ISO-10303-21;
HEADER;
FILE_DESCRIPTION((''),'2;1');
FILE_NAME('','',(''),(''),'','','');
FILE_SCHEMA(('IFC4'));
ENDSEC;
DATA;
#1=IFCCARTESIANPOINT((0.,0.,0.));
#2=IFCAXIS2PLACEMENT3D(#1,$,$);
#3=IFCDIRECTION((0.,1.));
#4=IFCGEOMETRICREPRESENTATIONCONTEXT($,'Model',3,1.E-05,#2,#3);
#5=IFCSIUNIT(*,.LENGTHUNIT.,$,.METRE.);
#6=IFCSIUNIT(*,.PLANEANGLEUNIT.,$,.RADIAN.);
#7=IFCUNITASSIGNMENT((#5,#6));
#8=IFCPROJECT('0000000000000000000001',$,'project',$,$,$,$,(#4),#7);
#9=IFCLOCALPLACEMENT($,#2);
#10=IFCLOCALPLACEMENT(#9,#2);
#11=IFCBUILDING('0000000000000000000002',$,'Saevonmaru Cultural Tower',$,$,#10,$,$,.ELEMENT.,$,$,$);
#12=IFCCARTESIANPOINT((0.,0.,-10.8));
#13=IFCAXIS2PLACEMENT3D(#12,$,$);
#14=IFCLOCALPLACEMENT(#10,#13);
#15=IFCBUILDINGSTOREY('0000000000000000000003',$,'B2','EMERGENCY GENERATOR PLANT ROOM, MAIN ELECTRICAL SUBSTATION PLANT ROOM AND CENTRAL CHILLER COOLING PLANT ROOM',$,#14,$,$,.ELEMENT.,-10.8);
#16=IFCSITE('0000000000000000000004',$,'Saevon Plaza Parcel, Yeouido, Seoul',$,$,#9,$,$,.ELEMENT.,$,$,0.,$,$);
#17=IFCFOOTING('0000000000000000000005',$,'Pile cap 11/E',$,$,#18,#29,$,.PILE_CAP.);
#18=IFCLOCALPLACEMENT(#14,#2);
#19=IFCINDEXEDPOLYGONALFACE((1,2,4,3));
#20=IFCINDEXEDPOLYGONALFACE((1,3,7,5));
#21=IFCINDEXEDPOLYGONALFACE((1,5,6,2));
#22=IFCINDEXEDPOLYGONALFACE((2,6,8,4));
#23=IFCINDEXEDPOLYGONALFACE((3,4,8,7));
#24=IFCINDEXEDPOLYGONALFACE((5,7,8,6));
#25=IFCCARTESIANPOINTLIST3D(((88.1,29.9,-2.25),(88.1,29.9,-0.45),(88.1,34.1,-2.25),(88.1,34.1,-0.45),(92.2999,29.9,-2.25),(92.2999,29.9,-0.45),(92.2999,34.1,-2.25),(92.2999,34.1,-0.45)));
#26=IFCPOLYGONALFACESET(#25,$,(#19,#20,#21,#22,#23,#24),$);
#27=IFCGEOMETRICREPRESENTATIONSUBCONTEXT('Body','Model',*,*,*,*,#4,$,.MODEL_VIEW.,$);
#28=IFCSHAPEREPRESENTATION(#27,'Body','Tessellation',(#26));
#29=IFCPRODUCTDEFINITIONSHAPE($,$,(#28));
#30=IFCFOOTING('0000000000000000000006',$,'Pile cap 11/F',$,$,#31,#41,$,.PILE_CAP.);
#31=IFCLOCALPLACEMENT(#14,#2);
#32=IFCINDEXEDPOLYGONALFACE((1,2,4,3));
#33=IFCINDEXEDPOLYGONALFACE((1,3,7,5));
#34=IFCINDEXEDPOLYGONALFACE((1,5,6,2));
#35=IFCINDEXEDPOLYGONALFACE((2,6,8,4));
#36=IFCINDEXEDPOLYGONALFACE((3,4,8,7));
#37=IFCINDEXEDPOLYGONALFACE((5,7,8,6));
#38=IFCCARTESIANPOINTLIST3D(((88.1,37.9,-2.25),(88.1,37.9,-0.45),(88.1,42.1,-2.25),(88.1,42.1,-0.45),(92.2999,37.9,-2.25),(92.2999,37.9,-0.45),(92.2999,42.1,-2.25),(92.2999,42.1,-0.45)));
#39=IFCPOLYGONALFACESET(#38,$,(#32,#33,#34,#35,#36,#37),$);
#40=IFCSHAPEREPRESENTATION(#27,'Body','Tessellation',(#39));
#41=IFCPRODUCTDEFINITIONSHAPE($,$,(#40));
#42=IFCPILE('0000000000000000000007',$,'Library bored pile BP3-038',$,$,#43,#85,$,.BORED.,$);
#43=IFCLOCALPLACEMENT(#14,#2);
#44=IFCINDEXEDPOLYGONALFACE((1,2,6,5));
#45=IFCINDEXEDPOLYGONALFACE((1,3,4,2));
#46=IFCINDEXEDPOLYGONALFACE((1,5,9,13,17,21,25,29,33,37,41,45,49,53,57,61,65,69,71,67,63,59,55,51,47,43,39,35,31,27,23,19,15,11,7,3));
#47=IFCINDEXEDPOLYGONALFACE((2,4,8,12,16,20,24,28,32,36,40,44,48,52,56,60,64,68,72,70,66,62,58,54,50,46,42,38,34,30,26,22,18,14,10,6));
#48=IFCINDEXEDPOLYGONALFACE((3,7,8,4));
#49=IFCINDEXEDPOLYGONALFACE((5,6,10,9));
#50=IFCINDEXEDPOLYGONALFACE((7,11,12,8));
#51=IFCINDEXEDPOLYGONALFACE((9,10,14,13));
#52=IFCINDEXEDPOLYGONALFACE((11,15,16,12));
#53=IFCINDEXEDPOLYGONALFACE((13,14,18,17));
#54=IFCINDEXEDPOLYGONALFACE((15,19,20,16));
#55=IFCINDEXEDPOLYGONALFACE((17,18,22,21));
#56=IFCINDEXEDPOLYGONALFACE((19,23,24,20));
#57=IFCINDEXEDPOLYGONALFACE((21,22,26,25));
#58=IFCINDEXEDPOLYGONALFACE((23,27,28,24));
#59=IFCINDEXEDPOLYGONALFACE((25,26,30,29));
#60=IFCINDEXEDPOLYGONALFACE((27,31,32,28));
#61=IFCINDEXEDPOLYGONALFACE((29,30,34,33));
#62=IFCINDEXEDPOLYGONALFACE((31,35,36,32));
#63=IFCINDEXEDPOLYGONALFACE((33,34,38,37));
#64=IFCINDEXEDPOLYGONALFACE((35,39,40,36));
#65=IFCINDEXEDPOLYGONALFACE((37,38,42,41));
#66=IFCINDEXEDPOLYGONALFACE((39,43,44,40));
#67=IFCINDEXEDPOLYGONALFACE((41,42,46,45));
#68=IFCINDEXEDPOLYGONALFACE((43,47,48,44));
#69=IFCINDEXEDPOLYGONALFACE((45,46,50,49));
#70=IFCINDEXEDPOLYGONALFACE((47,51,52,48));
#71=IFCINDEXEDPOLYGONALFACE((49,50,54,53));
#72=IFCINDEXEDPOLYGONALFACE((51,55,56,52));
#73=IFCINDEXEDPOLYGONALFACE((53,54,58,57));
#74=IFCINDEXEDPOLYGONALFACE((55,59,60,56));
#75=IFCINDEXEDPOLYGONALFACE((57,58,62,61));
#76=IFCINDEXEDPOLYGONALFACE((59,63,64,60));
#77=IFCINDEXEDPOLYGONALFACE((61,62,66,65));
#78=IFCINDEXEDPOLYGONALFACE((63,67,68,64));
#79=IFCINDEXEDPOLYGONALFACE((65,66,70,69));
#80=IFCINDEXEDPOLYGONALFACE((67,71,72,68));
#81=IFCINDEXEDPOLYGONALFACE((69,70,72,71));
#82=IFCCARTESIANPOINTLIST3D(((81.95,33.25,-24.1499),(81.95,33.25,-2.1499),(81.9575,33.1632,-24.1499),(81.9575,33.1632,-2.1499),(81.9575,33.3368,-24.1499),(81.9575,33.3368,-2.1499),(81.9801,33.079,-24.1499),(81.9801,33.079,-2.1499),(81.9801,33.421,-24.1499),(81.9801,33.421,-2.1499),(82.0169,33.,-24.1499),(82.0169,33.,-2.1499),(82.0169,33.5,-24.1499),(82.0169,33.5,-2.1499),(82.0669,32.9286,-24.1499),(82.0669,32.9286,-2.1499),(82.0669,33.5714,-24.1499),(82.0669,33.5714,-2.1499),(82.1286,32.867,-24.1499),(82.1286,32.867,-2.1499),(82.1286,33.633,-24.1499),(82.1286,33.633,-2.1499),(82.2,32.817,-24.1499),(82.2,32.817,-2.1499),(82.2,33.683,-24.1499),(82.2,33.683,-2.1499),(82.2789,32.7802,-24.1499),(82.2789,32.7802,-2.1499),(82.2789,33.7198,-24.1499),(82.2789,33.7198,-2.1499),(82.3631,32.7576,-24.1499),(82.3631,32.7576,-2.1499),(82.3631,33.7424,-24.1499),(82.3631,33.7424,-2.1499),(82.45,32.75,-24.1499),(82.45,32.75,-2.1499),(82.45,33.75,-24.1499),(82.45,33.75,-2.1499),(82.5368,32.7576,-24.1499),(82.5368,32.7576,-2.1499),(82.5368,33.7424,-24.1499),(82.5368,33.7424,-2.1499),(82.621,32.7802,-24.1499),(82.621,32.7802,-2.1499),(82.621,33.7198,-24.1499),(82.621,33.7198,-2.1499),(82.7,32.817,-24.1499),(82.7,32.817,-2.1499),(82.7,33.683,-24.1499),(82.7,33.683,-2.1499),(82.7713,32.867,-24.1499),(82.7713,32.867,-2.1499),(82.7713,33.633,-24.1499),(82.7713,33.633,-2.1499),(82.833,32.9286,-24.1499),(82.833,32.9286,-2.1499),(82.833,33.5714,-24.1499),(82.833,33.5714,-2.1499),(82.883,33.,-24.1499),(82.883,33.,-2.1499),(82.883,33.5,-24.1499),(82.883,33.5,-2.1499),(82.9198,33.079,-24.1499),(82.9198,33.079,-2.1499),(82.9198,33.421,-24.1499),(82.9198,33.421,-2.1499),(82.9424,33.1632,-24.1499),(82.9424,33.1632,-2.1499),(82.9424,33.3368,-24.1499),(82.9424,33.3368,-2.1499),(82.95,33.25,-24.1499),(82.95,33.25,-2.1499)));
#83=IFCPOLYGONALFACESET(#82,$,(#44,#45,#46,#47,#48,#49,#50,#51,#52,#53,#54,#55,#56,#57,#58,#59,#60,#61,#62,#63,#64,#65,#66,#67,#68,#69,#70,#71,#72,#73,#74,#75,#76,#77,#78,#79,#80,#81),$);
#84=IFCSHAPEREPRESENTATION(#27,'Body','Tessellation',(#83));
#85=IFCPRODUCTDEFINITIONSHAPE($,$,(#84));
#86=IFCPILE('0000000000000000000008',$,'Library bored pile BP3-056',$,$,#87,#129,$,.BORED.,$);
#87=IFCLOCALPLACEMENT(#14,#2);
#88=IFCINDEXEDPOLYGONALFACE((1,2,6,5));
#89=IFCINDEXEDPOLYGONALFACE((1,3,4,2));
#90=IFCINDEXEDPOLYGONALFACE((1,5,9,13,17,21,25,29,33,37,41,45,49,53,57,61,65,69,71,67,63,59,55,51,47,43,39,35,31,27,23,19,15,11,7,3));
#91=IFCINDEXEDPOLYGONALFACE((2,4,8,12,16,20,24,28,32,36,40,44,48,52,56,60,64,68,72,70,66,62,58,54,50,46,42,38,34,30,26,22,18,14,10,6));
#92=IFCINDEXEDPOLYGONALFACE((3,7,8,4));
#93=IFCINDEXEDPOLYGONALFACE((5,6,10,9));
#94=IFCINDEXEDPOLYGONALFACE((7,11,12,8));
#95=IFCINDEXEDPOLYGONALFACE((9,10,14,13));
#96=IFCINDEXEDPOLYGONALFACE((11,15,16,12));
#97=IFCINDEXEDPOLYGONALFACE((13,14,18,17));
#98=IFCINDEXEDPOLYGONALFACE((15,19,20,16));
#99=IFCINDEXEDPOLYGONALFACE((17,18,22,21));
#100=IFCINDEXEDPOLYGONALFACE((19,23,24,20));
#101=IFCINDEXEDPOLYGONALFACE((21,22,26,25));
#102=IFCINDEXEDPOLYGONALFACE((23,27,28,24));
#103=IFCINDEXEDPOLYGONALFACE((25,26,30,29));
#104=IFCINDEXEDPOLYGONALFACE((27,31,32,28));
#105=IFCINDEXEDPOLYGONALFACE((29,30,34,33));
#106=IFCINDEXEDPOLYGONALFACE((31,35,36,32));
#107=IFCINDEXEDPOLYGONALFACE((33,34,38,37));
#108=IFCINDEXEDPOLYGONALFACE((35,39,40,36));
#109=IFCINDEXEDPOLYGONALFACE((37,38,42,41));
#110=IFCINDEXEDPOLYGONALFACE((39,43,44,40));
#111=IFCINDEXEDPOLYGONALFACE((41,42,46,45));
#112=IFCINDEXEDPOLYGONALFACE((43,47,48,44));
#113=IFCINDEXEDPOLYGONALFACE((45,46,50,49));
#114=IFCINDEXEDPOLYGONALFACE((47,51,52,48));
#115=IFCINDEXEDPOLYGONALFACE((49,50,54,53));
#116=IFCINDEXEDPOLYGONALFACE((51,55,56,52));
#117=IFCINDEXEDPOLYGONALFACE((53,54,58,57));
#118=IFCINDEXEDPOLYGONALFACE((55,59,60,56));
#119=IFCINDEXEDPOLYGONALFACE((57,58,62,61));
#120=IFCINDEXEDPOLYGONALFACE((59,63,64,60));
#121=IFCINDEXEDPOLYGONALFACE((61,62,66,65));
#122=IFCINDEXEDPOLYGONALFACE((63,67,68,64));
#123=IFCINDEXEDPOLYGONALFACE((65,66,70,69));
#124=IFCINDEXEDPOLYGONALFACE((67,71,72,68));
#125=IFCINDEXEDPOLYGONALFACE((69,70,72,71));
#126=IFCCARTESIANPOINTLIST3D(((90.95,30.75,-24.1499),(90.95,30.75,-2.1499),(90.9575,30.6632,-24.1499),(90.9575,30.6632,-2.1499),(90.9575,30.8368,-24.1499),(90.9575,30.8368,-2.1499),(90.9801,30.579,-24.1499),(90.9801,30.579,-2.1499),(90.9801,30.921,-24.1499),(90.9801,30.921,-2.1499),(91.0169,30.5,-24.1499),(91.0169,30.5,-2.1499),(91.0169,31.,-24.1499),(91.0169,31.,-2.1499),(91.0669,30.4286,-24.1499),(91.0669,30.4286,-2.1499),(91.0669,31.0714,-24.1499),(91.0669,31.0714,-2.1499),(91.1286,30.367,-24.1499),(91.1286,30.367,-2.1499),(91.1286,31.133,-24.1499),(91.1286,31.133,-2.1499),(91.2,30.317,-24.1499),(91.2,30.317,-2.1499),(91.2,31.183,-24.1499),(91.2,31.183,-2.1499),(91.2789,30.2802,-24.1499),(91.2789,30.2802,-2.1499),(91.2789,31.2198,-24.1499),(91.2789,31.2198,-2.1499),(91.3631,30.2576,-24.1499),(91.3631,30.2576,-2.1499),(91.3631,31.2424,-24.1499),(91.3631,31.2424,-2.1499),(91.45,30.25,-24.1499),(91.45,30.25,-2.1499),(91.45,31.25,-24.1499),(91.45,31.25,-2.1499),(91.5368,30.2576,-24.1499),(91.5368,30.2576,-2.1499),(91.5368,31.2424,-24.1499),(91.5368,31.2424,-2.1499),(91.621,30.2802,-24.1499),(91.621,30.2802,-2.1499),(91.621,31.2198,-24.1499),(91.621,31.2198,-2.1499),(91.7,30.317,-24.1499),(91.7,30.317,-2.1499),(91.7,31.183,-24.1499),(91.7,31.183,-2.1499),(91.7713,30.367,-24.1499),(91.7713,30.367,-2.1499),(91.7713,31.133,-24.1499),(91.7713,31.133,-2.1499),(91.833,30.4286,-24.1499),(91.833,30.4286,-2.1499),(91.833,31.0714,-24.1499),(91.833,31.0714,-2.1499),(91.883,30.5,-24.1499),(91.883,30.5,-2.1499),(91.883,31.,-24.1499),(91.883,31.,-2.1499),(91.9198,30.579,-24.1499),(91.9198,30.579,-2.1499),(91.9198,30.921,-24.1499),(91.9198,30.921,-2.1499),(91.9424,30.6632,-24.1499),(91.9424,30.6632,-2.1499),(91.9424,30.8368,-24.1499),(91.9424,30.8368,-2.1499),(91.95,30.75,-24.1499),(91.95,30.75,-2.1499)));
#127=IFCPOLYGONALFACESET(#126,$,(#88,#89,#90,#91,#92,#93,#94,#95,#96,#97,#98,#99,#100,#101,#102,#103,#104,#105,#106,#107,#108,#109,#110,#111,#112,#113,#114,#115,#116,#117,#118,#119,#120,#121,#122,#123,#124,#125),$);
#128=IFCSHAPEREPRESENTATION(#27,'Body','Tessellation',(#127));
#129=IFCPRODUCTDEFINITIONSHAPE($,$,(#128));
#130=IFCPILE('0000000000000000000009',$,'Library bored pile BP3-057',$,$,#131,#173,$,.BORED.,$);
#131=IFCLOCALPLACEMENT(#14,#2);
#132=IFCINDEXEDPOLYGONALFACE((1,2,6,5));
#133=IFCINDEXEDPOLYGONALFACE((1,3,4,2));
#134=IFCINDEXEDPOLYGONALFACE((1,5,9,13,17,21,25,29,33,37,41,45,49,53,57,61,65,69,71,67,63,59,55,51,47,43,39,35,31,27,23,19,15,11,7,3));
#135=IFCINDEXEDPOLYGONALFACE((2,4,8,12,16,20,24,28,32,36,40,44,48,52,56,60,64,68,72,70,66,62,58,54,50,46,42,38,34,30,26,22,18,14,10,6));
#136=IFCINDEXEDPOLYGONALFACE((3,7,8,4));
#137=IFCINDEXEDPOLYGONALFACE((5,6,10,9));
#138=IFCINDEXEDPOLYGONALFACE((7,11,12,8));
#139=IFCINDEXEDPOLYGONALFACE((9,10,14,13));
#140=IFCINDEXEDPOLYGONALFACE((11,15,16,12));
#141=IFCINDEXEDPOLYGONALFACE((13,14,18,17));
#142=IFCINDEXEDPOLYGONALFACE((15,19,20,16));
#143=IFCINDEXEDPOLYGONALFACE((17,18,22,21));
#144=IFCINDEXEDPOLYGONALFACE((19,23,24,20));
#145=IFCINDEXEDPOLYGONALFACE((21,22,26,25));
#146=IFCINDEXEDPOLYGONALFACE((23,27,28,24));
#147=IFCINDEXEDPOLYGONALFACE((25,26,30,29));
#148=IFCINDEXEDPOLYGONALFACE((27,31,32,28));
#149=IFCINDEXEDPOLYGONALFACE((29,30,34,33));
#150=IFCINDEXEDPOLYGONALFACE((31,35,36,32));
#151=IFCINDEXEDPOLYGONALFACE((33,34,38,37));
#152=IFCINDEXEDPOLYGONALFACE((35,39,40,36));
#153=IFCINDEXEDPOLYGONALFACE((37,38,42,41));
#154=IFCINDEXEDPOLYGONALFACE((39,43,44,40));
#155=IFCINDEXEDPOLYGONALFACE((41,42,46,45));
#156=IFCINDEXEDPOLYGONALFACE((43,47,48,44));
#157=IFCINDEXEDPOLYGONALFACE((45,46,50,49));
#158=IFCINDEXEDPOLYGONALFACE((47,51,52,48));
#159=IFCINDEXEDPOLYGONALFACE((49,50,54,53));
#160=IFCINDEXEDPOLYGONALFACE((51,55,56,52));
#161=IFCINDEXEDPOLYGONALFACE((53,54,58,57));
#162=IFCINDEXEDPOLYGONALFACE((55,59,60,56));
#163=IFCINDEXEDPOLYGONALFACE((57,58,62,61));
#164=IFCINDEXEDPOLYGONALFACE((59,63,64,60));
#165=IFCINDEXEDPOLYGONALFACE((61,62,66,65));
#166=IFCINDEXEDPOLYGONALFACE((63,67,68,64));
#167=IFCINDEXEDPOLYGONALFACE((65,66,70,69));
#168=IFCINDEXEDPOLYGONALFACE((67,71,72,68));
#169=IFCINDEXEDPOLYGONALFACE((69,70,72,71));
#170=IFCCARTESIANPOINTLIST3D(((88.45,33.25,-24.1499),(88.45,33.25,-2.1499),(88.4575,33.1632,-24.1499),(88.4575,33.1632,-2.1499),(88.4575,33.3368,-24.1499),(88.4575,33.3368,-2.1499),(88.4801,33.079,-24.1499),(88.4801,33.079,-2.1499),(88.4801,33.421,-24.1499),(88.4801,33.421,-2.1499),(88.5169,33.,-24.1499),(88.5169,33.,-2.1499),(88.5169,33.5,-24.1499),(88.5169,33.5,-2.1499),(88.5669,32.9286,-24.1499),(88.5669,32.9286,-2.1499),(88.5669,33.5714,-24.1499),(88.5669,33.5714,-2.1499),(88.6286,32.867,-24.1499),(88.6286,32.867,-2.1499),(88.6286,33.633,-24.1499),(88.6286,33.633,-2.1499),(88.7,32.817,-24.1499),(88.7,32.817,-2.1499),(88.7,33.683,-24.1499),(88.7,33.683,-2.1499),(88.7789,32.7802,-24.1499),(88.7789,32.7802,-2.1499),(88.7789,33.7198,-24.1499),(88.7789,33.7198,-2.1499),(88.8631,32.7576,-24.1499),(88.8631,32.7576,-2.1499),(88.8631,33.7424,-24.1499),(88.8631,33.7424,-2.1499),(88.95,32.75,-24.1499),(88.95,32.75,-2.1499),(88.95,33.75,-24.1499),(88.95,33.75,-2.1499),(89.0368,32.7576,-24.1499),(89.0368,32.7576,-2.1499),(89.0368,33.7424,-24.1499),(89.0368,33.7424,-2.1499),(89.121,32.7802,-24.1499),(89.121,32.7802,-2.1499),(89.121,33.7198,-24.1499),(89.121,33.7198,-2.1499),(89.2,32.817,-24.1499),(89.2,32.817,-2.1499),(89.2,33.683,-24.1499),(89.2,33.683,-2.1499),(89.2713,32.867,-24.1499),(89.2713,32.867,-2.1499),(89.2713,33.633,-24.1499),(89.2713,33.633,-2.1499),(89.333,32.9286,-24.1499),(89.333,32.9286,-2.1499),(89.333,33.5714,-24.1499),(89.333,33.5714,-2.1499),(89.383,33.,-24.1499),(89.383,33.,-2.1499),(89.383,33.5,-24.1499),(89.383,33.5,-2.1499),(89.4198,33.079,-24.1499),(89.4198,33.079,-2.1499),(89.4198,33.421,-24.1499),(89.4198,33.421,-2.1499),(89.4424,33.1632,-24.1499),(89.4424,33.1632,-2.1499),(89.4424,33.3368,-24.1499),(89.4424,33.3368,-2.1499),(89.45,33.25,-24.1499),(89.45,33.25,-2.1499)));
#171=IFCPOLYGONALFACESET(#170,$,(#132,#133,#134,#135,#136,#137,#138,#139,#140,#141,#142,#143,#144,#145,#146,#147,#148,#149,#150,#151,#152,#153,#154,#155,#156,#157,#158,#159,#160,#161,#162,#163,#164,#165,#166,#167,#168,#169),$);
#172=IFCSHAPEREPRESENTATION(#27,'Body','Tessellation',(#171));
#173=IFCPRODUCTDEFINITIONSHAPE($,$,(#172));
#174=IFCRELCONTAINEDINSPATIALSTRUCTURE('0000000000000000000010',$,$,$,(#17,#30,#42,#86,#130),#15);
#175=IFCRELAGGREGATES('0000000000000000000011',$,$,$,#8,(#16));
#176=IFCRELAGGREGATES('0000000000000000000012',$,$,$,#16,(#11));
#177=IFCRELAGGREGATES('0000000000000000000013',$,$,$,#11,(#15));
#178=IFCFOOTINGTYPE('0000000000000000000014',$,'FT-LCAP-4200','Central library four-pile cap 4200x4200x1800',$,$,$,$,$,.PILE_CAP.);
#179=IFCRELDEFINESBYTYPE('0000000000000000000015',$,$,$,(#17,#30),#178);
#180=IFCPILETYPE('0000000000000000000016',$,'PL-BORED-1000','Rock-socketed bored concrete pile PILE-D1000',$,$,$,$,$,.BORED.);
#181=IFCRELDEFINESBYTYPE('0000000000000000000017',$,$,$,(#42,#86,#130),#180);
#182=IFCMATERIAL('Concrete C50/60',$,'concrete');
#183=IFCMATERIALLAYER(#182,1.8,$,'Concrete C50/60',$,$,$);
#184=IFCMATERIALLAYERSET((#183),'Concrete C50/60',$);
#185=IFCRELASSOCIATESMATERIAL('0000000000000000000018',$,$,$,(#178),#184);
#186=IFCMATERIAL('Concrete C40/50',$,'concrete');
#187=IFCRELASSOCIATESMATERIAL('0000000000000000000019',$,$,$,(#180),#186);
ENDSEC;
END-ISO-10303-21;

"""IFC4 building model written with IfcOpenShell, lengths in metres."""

from ifc_helpers import new_model, si_unit, direction, frame, origin, origin_2d, place, context, subcontext, project, spatial, rectangle, circle, extrude, material, layer, layer_set, material_profile, profile_set, type_object, element, save


model = new_model("IFC4")

# Units and contexts
model_context = context("Model", 3, precision=1e-05, world=origin(), true_north=direction((0.0, 1.0)))
body_context = subcontext(model_context, "Body", "Model", "MODEL_VIEW")
ifc_project = project(units=[si_unit("LENGTHUNIT", "METRE"), si_unit("PLANEANGLEUNIT", "RADIAN")], contexts=[model_context])

# Site, building, storey
site_placement = place(None, origin())
site = spatial("IfcSite", under=ifc_project, at=site_placement, Name="Saevon Plaza Parcel, Yeouido, Seoul", CompositionType="ELEMENT", RefElevation=0.0)
building_placement = place(site_placement, origin())
building = spatial("IfcBuilding", under=site, at=building_placement, Name="Saevonmaru Cultural Tower", CompositionType="ELEMENT")
storey_placement = place(building_placement, frame((0.0, 0.0, -10.8)))
storey = spatial("IfcBuildingStorey", under=building, at=storey_placement, Name="B2", Description="EMERGENCY GENERATOR PLANT ROOM, MAIN ELECTRICAL SUBSTATION PLANT ROOM AND CENTRAL CHILLER COOLING PLANT ROOM", CompositionType="ELEMENT", Elevation=-10.8)

# Footings
ifc_material_1 = material(Name="Concrete C50/60", Category="concrete")
ifc_layer_1 = layer(ifc_material_1, 1.8, Name="Concrete C50/60")
ifc_layer_set_1 = layer_set([ifc_layer_1], Name="Concrete C50/60")
footing_type = type_object("IfcFootingType", Name="FT-LCAP-4200", Description="Central library four-pile cap 4200x4200x1800", PredefinedType="PILE_CAP", material=ifc_layer_set_1)
for number, where, z_axis, x_axis, name in (
    (1, (90.2, 32.0, -2.25), (0.0, 0.0, 1.0), (1.0, 0.0, 0.0), "Pile cap 11/E"),
    (2, (90.2, 40.0, -2.25), (0.0, 0.0, 1.0), (1.0, 0.0, 0.0), "Pile cap 11/F"),
):
    element("IfcFooting", number, at=place(storey_placement, frame(where, z_axis=z_axis, x_axis=x_axis)), inside=storey, type_object=footing_type, Name=name, PredefinedType="PILE_CAP", context=body_context, shape_type="SweptSolid", body=[
        extrude(rectangle(XDim=4.2, YDim=4.2, at=origin_2d()), origin(), (0.0, 0.0, 1.0), 1.8),
    ])

# Piles
ifc_material_2 = material(Name="Concrete C40/50", Category="concrete")
ifc_material_profile_1 = material_profile(ifc_material_2, circle(Radius=0.5, at=origin_2d()), Name="PILE-D1000")
ifc_profile_set_1 = profile_set([ifc_material_profile_1], Name="Concrete C40/50")
pile_type_1 = type_object("IfcPileType", Name="PL-BORED-1000", Description="Rock-socketed bored concrete pile PILE-D1000", PredefinedType="BORED", material=ifc_profile_set_1)
for number, where, z_axis, x_axis, name in (
    (3, (82.45, 33.25, -2.1499), (0.0, 0.0, -1.0), (1.0, 0.0, 0.0), "Library bored pile BP3-038"),
    (4, (91.45, 30.75, -2.1499), (0.0, 0.0, -1.0), (1.0, 0.0, 0.0), "Library bored pile BP3-056"),
    (5, (88.95, 33.25, -2.1499), (0.0, 0.0, -1.0), (1.0, 0.0, 0.0), "Library bored pile BP3-057"),
):
    element("IfcPile", number, at=place(storey_placement, frame(where, z_axis=z_axis, x_axis=x_axis)), inside=storey, type_object=pile_type_1, Name=name, PredefinedType="BORED", context=body_context, shape_type="SweptSolid", body=[
        extrude(circle(Radius=0.5, at=origin_2d()), origin(), (0.0, 0.0, 1.0), 22.0),
    ])

save(model, "model.ifc")
